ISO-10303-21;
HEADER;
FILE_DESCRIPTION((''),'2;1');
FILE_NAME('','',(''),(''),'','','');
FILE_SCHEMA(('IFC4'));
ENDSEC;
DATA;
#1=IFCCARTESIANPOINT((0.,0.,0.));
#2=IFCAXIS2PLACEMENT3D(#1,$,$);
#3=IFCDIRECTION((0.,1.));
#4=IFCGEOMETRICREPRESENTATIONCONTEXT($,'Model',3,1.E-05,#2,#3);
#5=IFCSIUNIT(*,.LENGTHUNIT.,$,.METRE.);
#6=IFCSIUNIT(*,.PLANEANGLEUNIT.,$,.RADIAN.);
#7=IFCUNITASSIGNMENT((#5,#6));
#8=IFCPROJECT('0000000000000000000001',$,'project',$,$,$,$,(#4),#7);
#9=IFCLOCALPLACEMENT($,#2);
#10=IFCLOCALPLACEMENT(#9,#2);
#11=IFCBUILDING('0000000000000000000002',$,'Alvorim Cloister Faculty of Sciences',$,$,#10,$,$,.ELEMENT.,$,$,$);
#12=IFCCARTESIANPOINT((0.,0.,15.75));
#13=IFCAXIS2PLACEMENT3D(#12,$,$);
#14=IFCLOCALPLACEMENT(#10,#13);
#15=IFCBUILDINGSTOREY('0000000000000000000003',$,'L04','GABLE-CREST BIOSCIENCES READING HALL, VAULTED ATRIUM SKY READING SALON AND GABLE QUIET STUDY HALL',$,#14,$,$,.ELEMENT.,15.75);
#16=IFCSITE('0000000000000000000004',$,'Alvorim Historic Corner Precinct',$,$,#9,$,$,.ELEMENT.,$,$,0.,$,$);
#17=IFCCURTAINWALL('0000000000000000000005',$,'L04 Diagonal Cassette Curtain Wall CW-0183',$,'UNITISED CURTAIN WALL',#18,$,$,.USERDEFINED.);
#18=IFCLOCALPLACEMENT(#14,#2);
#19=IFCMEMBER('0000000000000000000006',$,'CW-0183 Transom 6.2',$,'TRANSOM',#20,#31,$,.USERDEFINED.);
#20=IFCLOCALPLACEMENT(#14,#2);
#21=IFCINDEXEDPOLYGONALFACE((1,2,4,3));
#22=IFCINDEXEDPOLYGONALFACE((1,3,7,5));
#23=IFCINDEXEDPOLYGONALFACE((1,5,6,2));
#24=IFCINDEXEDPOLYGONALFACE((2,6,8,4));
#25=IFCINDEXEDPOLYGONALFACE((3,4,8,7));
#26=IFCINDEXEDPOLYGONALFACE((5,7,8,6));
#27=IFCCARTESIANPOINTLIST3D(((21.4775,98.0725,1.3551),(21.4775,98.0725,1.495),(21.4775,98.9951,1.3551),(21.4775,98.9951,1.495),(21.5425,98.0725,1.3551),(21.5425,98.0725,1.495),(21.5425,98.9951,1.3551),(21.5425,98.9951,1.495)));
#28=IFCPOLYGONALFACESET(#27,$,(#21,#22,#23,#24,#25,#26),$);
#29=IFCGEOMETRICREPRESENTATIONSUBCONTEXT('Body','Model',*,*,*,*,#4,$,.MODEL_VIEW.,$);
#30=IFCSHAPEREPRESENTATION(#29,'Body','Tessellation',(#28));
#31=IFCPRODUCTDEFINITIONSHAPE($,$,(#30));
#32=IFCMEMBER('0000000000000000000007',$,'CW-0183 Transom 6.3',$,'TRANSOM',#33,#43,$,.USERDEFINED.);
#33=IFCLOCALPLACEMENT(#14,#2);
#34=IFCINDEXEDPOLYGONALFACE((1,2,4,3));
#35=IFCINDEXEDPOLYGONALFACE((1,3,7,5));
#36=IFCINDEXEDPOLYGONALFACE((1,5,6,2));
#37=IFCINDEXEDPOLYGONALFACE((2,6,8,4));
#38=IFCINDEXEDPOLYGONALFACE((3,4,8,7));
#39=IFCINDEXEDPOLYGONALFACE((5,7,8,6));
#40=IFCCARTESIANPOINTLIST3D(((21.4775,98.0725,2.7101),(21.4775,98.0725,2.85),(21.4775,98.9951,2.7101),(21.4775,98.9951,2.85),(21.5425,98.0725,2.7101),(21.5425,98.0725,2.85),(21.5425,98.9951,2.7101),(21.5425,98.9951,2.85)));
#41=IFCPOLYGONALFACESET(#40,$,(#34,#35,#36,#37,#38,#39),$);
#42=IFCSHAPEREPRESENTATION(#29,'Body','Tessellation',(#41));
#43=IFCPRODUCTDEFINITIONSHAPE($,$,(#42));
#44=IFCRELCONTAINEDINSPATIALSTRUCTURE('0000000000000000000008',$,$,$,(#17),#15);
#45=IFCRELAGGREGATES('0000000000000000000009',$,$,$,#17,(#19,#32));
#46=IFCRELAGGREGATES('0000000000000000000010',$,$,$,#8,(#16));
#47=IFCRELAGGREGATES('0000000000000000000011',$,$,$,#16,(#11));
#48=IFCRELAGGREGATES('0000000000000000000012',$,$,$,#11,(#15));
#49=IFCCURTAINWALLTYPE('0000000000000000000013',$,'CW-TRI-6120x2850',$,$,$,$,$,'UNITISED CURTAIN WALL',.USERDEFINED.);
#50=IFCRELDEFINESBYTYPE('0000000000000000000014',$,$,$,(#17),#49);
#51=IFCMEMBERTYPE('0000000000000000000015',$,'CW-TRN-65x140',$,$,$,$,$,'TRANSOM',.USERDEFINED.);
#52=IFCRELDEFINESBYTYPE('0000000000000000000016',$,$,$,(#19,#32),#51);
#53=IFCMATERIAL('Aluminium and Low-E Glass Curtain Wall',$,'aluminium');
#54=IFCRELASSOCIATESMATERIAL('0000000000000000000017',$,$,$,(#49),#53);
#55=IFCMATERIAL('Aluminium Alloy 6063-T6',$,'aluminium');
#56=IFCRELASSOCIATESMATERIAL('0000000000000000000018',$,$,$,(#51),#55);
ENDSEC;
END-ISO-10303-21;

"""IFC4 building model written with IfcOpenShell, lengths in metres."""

from ifc_helpers import new_model, si_unit, direction, frame, origin, origin_2d, place, context, subcontext, project, spatial, rectangle, extrude, material, material_profile, profile_set, type_object, element, aggregate, save


model = new_model("IFC4")

# Units and contexts
model_context = context("Model", 3, precision=1e-05, world=origin(), true_north=direction((0.0, 1.0)))
body_context = subcontext(model_context, "Body", "Model", "MODEL_VIEW")
ifc_project = project(units=[si_unit("LENGTHUNIT", "METRE"), si_unit("PLANEANGLEUNIT", "RADIAN")], contexts=[model_context])

# Site, building, storey
site_placement = place(None, origin())
site = spatial("IfcSite", under=ifc_project, at=site_placement, Name="Alvorim Historic Corner Precinct", CompositionType="ELEMENT", RefElevation=0.0)
building_placement = place(site_placement, origin())
building = spatial("IfcBuilding", under=site, at=building_placement, Name="Alvorim Cloister Faculty of Sciences", CompositionType="ELEMENT")
storey_placement = place(building_placement, frame((0.0, 0.0, 15.75)))
storey = spatial("IfcBuildingStorey", under=building, at=storey_placement, Name="L04", Description="GABLE-CREST BIOSCIENCES READING HALL, VAULTED ATRIUM SKY READING SALON AND GABLE QUIET STUDY HALL", CompositionType="ELEMENT", Elevation=15.75)

# Shared definitions
ifc_material_1 = material(Name="Aluminium and Low-E Glass Curtain Wall", Category="aluminium")
curtain_wall_type = type_object("IfcCurtainWallType", Name="CW-TRI-6120x2850", ElementType="UNITISED CURTAIN WALL", PredefinedType="USERDEFINED", material=ifc_material_1)
ifc_material_2 = material(Name="Aluminium Alloy 6063-T6", Category="aluminium")

# Curtain wall
curtain_wall_1_placement = place(storey_placement, origin())
curtain_wall_1 = element("IfcCurtainWall", 1, at=curtain_wall_1_placement, inside=storey, type_object=curtain_wall_type, Name="L04 Diagonal Cassette Curtain Wall CW-0183", ObjectType="UNITISED CURTAIN WALL", PredefinedType="USERDEFINED")

# Members
ifc_material_profile_1 = material_profile(ifc_material_2, rectangle(XDim=0.0649, YDim=0.1399, at=origin_2d()), Name="ALU-TRN-65x140")
ifc_profile_set_1 = profile_set([ifc_material_profile_1], Name="Aluminium Alloy 6063-T6")
member_type_1 = type_object("IfcMemberType", Name="CW-TRN-65x140", ElementType="TRANSOM", PredefinedType="USERDEFINED", material=ifc_profile_set_1)
member_1_placement = place(storey_placement, frame((21.51, 98.0725, 1.425), z_axis=(0.0, 1.0, 0.0), x_axis=(-1.0, 0.0, 0.0)))
member_1 = element("IfcMember", 2, at=member_1_placement, type_object=member_type_1, Name="CW-0183 Transom 6.2", ObjectType="TRANSOM", PredefinedType="USERDEFINED", context=body_context, shape_type="SweptSolid", body=[
    extrude(rectangle(XDim=0.0649, YDim=0.1399, at=origin_2d()), origin(), (0.0, 0.0, 1.0), 0.9226),
])
member_2_placement = place(storey_placement, frame((21.51, 98.0725, 2.78), z_axis=(0.0, 1.0, 0.0), x_axis=(-1.0, 0.0, 0.0)))
member_2 = element("IfcMember", 3, at=member_2_placement, type_object=member_type_1, Name="CW-0183 Transom 6.3", ObjectType="TRANSOM", PredefinedType="USERDEFINED", context=body_context, shape_type="SweptSolid", body=[
    extrude(rectangle(XDim=0.0649, YDim=0.1399, at=origin_2d()), origin(), (0.0, 0.0, 1.0), 0.9226),
])
aggregate(curtain_wall_1, [member_1, member_2])

save(model, "model.ifc")
